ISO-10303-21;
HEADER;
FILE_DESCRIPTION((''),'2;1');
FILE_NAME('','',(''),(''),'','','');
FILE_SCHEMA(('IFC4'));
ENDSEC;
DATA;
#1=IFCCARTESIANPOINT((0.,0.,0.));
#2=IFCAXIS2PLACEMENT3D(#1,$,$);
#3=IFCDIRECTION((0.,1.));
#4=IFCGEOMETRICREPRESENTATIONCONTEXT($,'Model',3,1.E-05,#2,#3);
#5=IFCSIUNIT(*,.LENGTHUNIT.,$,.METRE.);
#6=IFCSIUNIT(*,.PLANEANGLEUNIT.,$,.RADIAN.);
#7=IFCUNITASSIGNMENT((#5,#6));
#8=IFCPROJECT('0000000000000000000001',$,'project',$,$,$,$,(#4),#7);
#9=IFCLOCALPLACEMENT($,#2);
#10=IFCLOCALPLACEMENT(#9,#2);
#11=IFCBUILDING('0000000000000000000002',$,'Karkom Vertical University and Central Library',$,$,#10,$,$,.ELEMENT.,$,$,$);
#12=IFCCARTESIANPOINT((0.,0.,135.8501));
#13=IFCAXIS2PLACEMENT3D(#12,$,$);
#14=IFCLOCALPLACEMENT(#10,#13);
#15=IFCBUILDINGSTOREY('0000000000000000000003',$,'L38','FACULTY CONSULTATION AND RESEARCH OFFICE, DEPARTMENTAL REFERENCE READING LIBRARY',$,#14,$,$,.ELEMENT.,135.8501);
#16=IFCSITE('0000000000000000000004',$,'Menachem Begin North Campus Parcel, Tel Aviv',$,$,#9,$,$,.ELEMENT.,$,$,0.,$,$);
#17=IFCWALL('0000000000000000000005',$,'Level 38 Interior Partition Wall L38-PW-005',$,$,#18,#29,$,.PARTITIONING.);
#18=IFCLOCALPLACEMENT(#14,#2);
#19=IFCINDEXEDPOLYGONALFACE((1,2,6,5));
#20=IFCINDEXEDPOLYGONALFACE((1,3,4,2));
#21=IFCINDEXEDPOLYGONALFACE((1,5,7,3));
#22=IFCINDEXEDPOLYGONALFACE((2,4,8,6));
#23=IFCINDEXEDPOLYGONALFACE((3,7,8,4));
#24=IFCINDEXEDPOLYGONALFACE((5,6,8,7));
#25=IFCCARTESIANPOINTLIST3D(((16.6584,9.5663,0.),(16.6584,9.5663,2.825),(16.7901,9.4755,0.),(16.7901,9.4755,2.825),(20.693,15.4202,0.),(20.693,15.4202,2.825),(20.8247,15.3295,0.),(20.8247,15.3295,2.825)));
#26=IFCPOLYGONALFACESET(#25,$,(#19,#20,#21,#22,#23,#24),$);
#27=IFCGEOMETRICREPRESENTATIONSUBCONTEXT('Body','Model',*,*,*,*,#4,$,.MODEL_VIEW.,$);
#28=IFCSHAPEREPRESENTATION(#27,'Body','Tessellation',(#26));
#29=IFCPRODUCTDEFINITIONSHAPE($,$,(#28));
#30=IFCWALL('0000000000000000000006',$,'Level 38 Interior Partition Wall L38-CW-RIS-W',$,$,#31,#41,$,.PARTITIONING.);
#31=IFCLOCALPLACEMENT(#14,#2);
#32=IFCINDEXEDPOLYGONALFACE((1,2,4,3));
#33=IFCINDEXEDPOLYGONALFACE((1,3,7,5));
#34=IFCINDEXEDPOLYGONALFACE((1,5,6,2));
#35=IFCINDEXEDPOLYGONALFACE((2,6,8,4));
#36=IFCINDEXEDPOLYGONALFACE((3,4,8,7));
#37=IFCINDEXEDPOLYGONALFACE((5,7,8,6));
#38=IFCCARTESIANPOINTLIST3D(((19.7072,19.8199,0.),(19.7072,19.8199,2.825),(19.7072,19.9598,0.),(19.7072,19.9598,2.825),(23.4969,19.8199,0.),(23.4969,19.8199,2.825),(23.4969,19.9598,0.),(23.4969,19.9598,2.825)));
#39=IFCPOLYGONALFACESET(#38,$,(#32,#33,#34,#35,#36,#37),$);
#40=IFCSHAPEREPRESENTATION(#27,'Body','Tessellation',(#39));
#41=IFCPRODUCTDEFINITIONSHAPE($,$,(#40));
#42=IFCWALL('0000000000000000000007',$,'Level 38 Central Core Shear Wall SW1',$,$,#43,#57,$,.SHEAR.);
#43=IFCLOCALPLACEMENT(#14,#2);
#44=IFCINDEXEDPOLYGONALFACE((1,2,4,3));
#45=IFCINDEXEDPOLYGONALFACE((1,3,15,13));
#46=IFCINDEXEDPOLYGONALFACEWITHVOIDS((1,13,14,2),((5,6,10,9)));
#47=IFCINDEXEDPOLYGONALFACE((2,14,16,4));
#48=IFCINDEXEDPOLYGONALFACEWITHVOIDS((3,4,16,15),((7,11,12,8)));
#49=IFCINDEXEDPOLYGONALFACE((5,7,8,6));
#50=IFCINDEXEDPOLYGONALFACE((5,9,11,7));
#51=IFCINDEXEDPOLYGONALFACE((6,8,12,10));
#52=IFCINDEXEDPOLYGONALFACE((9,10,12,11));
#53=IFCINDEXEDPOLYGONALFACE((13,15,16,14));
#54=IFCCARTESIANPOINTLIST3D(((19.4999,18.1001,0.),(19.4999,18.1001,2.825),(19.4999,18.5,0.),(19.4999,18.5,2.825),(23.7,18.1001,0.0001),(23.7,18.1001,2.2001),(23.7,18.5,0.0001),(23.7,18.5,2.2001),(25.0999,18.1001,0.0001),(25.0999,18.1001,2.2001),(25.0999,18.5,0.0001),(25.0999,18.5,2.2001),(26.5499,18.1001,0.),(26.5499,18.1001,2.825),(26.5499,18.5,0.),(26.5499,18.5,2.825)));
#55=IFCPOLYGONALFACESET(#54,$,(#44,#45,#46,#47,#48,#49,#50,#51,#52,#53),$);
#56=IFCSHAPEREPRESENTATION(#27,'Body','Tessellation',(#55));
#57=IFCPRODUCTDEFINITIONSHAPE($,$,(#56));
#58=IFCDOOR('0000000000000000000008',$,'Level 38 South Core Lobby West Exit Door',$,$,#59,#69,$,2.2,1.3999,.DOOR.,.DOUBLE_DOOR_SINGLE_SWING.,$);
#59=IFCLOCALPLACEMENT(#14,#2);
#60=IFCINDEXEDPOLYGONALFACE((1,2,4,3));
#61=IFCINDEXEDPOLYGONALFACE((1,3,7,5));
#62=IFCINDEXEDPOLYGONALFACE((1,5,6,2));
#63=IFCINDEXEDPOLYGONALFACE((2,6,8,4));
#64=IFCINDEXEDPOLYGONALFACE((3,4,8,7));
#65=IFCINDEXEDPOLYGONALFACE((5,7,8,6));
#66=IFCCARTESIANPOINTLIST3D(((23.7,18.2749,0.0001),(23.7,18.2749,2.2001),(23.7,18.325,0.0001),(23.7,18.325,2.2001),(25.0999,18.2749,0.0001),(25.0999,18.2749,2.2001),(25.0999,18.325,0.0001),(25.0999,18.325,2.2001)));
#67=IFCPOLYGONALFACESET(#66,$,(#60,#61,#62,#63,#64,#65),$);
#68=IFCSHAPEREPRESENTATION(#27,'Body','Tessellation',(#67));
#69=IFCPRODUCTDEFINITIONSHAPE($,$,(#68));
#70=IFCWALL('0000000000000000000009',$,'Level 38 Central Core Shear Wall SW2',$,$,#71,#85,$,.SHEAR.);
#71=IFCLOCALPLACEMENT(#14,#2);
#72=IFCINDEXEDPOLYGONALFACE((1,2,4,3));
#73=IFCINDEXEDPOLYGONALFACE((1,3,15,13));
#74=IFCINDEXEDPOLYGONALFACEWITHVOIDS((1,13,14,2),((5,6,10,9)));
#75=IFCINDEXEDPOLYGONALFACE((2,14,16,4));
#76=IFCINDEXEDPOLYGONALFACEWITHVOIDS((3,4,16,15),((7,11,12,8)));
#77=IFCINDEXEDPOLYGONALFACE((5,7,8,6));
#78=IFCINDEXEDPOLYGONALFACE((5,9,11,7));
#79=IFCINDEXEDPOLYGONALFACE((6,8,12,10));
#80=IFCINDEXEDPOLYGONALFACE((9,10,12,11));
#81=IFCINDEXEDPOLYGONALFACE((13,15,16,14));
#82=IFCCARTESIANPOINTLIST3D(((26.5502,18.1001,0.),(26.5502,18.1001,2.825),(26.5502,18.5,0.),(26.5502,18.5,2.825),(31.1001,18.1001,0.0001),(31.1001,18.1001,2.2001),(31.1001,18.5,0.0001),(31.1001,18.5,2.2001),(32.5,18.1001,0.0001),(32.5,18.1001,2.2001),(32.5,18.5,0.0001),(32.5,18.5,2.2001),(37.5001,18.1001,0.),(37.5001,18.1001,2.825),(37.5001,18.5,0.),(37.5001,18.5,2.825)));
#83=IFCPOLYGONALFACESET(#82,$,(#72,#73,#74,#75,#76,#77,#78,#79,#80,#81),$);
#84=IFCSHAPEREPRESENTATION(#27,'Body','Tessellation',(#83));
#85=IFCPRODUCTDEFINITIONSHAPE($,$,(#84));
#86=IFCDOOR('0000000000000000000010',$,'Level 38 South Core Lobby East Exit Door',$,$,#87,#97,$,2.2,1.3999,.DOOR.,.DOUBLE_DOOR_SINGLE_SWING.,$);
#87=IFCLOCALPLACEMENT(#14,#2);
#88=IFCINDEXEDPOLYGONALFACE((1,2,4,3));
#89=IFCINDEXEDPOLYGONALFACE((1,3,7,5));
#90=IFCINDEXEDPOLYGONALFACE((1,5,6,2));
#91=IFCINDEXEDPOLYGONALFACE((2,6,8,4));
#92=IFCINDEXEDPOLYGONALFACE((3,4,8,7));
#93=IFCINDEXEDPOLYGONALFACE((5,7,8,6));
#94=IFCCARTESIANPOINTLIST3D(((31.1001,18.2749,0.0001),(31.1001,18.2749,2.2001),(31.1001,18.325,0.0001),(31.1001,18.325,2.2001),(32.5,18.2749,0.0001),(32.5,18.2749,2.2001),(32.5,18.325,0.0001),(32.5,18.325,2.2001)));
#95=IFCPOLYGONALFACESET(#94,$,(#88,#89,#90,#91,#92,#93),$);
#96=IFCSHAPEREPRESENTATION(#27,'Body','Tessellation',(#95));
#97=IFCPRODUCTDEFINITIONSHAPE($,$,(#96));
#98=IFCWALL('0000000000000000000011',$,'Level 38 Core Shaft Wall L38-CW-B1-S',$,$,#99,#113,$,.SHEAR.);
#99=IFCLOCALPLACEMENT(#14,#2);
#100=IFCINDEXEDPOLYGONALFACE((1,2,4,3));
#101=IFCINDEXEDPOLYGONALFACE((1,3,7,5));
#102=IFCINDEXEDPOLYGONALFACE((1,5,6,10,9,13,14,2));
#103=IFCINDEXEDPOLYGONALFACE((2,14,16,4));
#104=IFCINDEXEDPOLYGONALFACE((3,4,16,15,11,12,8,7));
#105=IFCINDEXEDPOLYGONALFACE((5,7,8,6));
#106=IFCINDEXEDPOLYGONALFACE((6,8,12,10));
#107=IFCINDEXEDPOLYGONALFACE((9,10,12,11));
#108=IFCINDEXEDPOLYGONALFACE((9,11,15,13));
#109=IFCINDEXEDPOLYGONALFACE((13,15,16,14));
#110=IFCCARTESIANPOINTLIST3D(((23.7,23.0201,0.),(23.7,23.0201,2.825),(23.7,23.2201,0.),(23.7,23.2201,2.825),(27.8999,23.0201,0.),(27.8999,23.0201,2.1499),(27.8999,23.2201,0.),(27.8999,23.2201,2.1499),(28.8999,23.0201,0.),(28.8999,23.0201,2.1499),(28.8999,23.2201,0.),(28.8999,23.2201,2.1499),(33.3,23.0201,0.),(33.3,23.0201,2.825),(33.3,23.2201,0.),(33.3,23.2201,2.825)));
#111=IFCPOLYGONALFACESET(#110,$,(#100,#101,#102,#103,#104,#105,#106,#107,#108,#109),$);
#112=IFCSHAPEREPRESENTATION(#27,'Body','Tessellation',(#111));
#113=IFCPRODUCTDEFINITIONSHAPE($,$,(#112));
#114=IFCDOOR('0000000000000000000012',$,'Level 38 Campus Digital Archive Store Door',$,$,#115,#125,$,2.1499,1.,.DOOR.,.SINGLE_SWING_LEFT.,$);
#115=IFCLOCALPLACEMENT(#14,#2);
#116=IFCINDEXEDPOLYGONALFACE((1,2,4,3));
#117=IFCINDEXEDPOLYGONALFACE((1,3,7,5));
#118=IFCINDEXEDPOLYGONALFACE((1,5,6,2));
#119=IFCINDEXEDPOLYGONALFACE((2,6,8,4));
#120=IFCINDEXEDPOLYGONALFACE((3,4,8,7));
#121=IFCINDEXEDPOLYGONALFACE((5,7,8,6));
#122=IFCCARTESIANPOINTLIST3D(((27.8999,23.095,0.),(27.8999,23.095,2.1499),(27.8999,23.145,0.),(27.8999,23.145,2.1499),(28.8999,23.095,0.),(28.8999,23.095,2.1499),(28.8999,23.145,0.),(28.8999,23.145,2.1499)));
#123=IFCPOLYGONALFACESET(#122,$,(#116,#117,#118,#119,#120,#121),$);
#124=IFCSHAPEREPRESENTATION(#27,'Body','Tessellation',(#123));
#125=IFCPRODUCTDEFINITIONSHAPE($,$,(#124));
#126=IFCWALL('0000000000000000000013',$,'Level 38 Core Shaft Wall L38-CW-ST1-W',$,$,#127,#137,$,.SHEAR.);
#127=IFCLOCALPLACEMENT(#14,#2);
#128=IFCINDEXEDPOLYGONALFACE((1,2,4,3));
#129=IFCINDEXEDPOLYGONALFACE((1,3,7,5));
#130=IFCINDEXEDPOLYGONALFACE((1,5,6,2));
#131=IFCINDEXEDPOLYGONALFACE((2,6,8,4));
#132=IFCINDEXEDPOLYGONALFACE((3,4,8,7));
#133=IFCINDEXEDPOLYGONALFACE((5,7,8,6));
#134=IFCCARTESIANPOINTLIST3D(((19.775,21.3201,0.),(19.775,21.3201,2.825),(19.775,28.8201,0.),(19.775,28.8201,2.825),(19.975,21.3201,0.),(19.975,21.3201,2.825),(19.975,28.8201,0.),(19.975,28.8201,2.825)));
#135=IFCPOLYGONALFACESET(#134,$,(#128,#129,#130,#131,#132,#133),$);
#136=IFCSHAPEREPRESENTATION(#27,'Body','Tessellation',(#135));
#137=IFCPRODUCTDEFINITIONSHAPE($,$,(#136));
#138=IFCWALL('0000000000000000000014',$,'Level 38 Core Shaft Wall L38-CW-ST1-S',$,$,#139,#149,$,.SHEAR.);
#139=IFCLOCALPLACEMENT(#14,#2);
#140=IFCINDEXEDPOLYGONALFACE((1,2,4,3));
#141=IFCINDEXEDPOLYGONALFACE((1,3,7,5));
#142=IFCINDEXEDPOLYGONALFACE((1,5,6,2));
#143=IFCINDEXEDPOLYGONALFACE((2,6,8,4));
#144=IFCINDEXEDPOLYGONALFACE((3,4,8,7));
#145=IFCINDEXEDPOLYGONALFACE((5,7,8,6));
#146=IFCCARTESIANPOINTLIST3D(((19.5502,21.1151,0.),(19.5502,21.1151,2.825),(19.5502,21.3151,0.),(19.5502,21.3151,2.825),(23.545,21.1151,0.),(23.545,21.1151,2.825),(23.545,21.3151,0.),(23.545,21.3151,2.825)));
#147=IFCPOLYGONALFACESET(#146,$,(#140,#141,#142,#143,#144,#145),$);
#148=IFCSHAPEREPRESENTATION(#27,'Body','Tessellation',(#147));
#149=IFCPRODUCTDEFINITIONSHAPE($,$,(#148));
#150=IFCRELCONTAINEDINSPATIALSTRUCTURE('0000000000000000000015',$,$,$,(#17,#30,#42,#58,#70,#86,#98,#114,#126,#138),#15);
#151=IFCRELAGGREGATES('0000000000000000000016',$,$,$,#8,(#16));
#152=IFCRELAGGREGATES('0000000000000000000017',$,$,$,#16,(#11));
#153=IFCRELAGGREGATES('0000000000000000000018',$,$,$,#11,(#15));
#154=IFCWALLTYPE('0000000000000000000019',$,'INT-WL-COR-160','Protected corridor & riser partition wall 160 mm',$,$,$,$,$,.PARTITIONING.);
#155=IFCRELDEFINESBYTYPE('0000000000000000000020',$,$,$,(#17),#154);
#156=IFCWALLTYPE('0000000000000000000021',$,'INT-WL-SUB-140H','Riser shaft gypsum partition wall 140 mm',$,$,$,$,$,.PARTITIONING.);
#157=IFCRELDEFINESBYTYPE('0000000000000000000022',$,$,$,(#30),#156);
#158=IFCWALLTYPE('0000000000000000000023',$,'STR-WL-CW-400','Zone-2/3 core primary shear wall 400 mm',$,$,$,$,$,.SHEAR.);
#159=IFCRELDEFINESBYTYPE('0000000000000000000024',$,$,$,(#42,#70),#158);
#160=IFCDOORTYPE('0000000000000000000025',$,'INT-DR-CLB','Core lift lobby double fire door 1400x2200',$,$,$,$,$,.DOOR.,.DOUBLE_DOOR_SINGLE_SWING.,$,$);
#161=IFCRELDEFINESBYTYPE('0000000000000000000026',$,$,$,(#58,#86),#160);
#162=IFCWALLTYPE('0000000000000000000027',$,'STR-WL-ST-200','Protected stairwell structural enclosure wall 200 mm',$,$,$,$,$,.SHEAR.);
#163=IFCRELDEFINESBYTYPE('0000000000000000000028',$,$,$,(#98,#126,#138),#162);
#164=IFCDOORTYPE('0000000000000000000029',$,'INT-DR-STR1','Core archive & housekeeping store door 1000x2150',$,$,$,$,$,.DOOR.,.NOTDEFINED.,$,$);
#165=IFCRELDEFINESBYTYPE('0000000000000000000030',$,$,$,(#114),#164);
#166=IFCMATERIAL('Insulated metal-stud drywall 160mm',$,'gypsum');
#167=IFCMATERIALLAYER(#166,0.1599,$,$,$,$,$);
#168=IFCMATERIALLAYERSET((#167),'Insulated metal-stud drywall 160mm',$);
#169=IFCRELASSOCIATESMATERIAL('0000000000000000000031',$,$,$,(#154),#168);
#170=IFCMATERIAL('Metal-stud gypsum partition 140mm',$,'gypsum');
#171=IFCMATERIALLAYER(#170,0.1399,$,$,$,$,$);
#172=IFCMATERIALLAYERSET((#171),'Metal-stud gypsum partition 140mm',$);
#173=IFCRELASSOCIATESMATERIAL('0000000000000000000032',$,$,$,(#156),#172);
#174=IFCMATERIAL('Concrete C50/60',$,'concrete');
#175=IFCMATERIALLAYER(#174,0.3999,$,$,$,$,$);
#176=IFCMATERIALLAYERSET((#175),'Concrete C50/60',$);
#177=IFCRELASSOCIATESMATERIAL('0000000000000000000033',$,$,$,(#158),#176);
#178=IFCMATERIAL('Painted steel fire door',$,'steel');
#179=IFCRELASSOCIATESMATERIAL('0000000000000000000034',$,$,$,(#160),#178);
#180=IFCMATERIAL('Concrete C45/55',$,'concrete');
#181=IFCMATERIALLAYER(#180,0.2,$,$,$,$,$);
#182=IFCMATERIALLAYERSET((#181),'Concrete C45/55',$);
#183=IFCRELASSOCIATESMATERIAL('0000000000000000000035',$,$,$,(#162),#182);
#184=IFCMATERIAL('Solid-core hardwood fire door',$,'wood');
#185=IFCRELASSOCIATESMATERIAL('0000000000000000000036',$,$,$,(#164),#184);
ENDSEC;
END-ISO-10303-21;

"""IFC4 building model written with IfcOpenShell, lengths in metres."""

from ifc_helpers import new_model, si_unit, direction, frame, frame_2d, origin, origin_with_axes, place, context, subcontext, project, spatial, rectangle, extrude, source, transform, mapped, material, layer, layer_set, type_object, element, fill, save


model = new_model("IFC4")

# Units and contexts
model_context = context("Model", 3, precision=1e-05, world=origin(), true_north=direction((0.0, 1.0)))
body_context = subcontext(model_context, "Body", "Model", "MODEL_VIEW")
ifc_project = project(units=[si_unit("LENGTHUNIT", "METRE"), si_unit("PLANEANGLEUNIT", "RADIAN")], contexts=[model_context])

# Site, building, storey
site_placement = place(None, origin())
site = spatial("IfcSite", under=ifc_project, at=site_placement, Name="Menachem Begin North Campus Parcel, Tel Aviv", CompositionType="ELEMENT", RefElevation=0.0)
building_placement = place(site_placement, origin())
building = spatial("IfcBuilding", under=site, at=building_placement, Name="Karkom Vertical University and Central Library", CompositionType="ELEMENT")
storey_placement = place(building_placement, frame((0.0, 0.0, 135.8501)))
storey = spatial("IfcBuildingStorey", under=building, at=storey_placement, Name="L38", Description="FACULTY CONSULTATION AND RESEARCH OFFICE, DEPARTMENTAL REFERENCE READING LIBRARY", CompositionType="ELEMENT", Elevation=135.8501)

# Shared definitions
ifc_material_1 = material(Name="Concrete C50/60", Category="concrete")

# Walls
ifc_material_2 = material(Name="Insulated metal-stud drywall 160mm", Category="gypsum")
ifc_layer_1 = layer(ifc_material_2, 0.1599)
ifc_layer_set_1 = layer_set([ifc_layer_1], Name="Insulated metal-stud drywall 160mm")
wall_type_1 = type_object("IfcWallType", Name="INT-WL-COR-160", Description="Protected corridor & riser partition wall 160 mm", PredefinedType="PARTITIONING", material=ifc_layer_set_1)
wall_1_placement = place(storey_placement, frame((20.7588, 15.3748, 0.0), z_axis=(0.0, 0.0, 1.0), x_axis=(-0.567487, -0.823382, 0.0)))
element("IfcWall", 1, at=wall_1_placement, inside=storey, type_object=wall_type_1, Name="Level 38 Interior Partition Wall L38-PW-005", PredefinedType="PARTITIONING", context=body_context, shape_type="SweptSolid", body=[
    extrude(rectangle(XDim=7.1096, YDim=0.1599, at=frame_2d((3.5547, 0.0))), origin(), (0.0, 0.0, 1.0), 2.825),
])
ifc_material_3 = material(Name="Metal-stud gypsum partition 140mm", Category="gypsum")
ifc_layer_2 = layer(ifc_material_3, 0.1399)
ifc_layer_set_2 = layer_set([ifc_layer_2], Name="Metal-stud gypsum partition 140mm")
wall_type_2 = type_object("IfcWallType", Name="INT-WL-SUB-140H", Description="Riser shaft gypsum partition wall 140 mm", PredefinedType="PARTITIONING", material=ifc_layer_set_2)
wall_2_placement = place(storey_placement, frame((19.707, 19.8899, 0.0), z_axis=(0.0, 0.0, 1.0), x_axis=(1.0, 0.0, 0.0)))
element("IfcWall", 2, at=wall_2_placement, inside=storey, type_object=wall_type_2, Name="Level 38 Interior Partition Wall L38-CW-RIS-W", PredefinedType="PARTITIONING", context=body_context, shape_type="SweptSolid", body=[
    extrude(rectangle(XDim=3.7898, YDim=0.1399, at=frame_2d((1.895, 0.0))), origin(), (0.0, 0.0, 1.0), 2.825),
])

# Walls, openings, doors
ifc_layer_3 = layer(ifc_material_1, 0.3999)
ifc_layer_set_3 = layer_set([ifc_layer_3], Name="Concrete C50/60")
wall_type_3 = type_object("IfcWallType", Name="STR-WL-CW-400", Description="Zone-2/3 core primary shear wall 400 mm", PredefinedType="SHEAR", material=ifc_layer_set_3)
wall_3_placement = place(storey_placement, frame((19.5, 18.3, 0.0), z_axis=(0.0, 0.0, 1.0), x_axis=(1.0, 0.0, 0.0)))
wall_3 = element("IfcWall", 3, at=wall_3_placement, inside=storey, type_object=wall_type_3, Name="Level 38 Central Core Shear Wall SW1", PredefinedType="SHEAR", context=body_context, shape_type="SweptSolid", body=[
    extrude(rectangle(XDim=7.05, YDim=0.3999, at=frame_2d((3.5249, 0.0))), origin(), (0.0, 0.0, 1.0), 2.825),
])
opening_1_placement = place(wall_3_placement, frame((4.2, 0.0, 0.0)))
opening_1 = element("IfcOpeningElement", 4, at=opening_1_placement, cuts=wall_3, PredefinedType="OPENING", context=body_context, shape_type="SweptSolid", body=[
    extrude(rectangle(XDim=1.3999, YDim=2.2, at=frame_2d((0.7, 1.1001))), frame((0.0, 0.21, 0.0), z_axis=(0.0, -1.0, 0.0), x_axis=(1.0, 0.0, 0.0)), (0.0, 0.0, 1.0), 0.4199),
])
ifc_material_4 = material(Name="Painted steel fire door", Category="steel")
door_type_1 = type_object("IfcDoorType", Name="INT-DR-CLB", Description="Core lift lobby double fire door 1400x2200", OperationType="DOUBLE_DOOR_SINGLE_SWING", PredefinedType="DOOR", material=ifc_material_4)
shared_shape_1 = source(origin_with_axes(), body_context, "Body", "SweptSolid", [
    extrude(rectangle(XDim=1.3999, YDim=2.2, at=frame_2d((0.7, 1.1001))), frame((0.0, 0.0249, 0.0), z_axis=(0.0, -1.0, 0.0), x_axis=(1.0, 0.0, 0.0)), (0.0, 0.0, 1.0), 0.05),
])
door_1_placement = place(opening_1_placement, origin())
door_1 = element("IfcDoor", 5, at=door_1_placement, inside=storey, type_object=door_type_1, Name="Level 38 South Core Lobby West Exit Door", OperationType="DOUBLE_DOOR_SINGLE_SWING", OverallHeight=2.2, OverallWidth=1.3999, PredefinedType="DOOR", context=body_context, shape_type="MappedRepresentation", body=[
    mapped(shared_shape_1, transform((0.0, 0.0, 0.0), scale=1.0)),
])
fill(opening_1, door_1)
wall_4_placement = place(storey_placement, frame((26.55, 18.3, 0.0), z_axis=(0.0, 0.0, 1.0), x_axis=(1.0, 0.0, 0.0)))
wall_4 = element("IfcWall", 6, at=wall_4_placement, inside=storey, type_object=wall_type_3, Name="Level 38 Central Core Shear Wall SW2", PredefinedType="SHEAR", context=body_context, shape_type="SweptSolid", body=[
    extrude(rectangle(XDim=10.95, YDim=0.3999, at=frame_2d((5.4751, 0.0))), origin(), (0.0, 0.0, 1.0), 2.825),
])
opening_2_placement = place(wall_4_placement, frame((4.55, 0.0, 0.0)))
opening_2 = element("IfcOpeningElement", 7, at=opening_2_placement, cuts=wall_4, PredefinedType="OPENING", context=body_context, shape_type="SweptSolid", body=[
    extrude(rectangle(XDim=1.3999, YDim=2.2, at=frame_2d((0.7, 1.1001))), frame((0.0, 0.21, 0.0), z_axis=(0.0, -1.0, 0.0), x_axis=(1.0, 0.0, 0.0)), (0.0, 0.0, 1.0), 0.4199),
])
door_2_placement = place(opening_2_placement, origin())
door_2 = element("IfcDoor", 8, at=door_2_placement, inside=storey, type_object=door_type_1, Name="Level 38 South Core Lobby East Exit Door", OperationType="DOUBLE_DOOR_SINGLE_SWING", OverallHeight=2.2, OverallWidth=1.3999, PredefinedType="DOOR", context=body_context, shape_type="MappedRepresentation", body=[
    mapped(shared_shape_1, transform((0.0, 0.0, 0.0), scale=1.0)),
])
fill(opening_2, door_2)

# Shared definitions
ifc_material_5 = material(Name="Concrete C45/55", Category="concrete")
ifc_layer_4 = layer(ifc_material_5, 0.2)
ifc_layer_set_4 = layer_set([ifc_layer_4], Name="Concrete C45/55")
wall_type_4 = type_object("IfcWallType", Name="STR-WL-ST-200", Description="Protected stairwell structural enclosure wall 200 mm", PredefinedType="SHEAR", material=ifc_layer_set_4)

# Wall, opening, door
wall_5_placement = place(storey_placement, frame((23.7, 23.1201, 0.0), z_axis=(0.0, 0.0, 1.0), x_axis=(1.0, 0.0, 0.0)))
wall_5 = element("IfcWall", 9, at=wall_5_placement, inside=storey, type_object=wall_type_4, Name="Level 38 Core Shaft Wall L38-CW-B1-S", PredefinedType="SHEAR", context=body_context, shape_type="SweptSolid", body=[
    extrude(rectangle(XDim=9.6001, YDim=0.2, at=frame_2d((4.8, 0.0))), origin(), (0.0, 0.0, 1.0), 2.825),
])
opening_3_placement = place(wall_5_placement, frame((4.2, 0.0, 0.0)))
opening_3 = element("IfcOpeningElement", 10, at=opening_3_placement, cuts=wall_5, PredefinedType="OPENING", context=body_context, shape_type="SweptSolid", body=[
    extrude(rectangle(XDim=1.0, YDim=2.1499, at=frame_2d((0.5, 1.075))), frame((0.0, 0.1099, 0.0), z_axis=(0.0, -1.0, 0.0), x_axis=(1.0, 0.0, 0.0)), (0.0, 0.0, 1.0), 0.22),
])
ifc_material_6 = material(Name="Solid-core hardwood fire door", Category="wood")
door_type_2 = type_object("IfcDoorType", Name="INT-DR-STR1", Description="Core archive & housekeeping store door 1000x2150", OperationType="NOTDEFINED", PredefinedType="DOOR", material=ifc_material_6)
shared_shape_2 = source(origin_with_axes(), body_context, "Body", "SweptSolid", [
    extrude(rectangle(XDim=1.0, YDim=2.1499, at=frame_2d((0.5, 1.075))), frame((0.0, 0.0249, 0.0), z_axis=(0.0, -1.0, 0.0), x_axis=(1.0, 0.0, 0.0)), (0.0, 0.0, 1.0), 0.05),
])
door_3_placement = place(opening_3_placement, origin())
door_3 = element("IfcDoor", 11, at=door_3_placement, inside=storey, type_object=door_type_2, Name="Level 38 Campus Digital Archive Store Door", OperationType="SINGLE_SWING_LEFT", OverallHeight=2.1499, OverallWidth=1.0, PredefinedType="DOOR", context=body_context, shape_type="MappedRepresentation", body=[
    mapped(shared_shape_2, transform((0.0, 0.0, 0.0), scale=1.0)),
])
fill(opening_3, door_3)

# Walls
wall_6_placement = place(storey_placement, frame((19.875, 21.3201, 0.0), z_axis=(0.0, 0.0, 1.0), x_axis=(0.0, 1.0, 0.0)))
element("IfcWall", 12, at=wall_6_placement, inside=storey, type_object=wall_type_4, Name="Level 38 Core Shaft Wall L38-CW-ST1-W", PredefinedType="SHEAR", context=body_context, shape_type="SweptSolid", body=[
    extrude(rectangle(XDim=7.5, YDim=0.2, at=frame_2d((3.75, 0.0))), origin(), (0.0, 0.0, 1.0), 2.825),
])
wall_7_placement = place(storey_placement, frame((19.55, 21.2151, 0.0), z_axis=(0.0, 0.0, 1.0), x_axis=(1.0, 0.0, 0.0)))
element("IfcWall", 13, at=wall_7_placement, inside=storey, type_object=wall_type_4, Name="Level 38 Core Shaft Wall L38-CW-ST1-S", PredefinedType="SHEAR", context=body_context, shape_type="SweptSolid", body=[
    extrude(rectangle(XDim=3.9949, YDim=0.2, at=frame_2d((1.9976, 0.0))), origin(), (0.0, 0.0, 1.0), 2.825),
])

save(model, "model.ifc")
